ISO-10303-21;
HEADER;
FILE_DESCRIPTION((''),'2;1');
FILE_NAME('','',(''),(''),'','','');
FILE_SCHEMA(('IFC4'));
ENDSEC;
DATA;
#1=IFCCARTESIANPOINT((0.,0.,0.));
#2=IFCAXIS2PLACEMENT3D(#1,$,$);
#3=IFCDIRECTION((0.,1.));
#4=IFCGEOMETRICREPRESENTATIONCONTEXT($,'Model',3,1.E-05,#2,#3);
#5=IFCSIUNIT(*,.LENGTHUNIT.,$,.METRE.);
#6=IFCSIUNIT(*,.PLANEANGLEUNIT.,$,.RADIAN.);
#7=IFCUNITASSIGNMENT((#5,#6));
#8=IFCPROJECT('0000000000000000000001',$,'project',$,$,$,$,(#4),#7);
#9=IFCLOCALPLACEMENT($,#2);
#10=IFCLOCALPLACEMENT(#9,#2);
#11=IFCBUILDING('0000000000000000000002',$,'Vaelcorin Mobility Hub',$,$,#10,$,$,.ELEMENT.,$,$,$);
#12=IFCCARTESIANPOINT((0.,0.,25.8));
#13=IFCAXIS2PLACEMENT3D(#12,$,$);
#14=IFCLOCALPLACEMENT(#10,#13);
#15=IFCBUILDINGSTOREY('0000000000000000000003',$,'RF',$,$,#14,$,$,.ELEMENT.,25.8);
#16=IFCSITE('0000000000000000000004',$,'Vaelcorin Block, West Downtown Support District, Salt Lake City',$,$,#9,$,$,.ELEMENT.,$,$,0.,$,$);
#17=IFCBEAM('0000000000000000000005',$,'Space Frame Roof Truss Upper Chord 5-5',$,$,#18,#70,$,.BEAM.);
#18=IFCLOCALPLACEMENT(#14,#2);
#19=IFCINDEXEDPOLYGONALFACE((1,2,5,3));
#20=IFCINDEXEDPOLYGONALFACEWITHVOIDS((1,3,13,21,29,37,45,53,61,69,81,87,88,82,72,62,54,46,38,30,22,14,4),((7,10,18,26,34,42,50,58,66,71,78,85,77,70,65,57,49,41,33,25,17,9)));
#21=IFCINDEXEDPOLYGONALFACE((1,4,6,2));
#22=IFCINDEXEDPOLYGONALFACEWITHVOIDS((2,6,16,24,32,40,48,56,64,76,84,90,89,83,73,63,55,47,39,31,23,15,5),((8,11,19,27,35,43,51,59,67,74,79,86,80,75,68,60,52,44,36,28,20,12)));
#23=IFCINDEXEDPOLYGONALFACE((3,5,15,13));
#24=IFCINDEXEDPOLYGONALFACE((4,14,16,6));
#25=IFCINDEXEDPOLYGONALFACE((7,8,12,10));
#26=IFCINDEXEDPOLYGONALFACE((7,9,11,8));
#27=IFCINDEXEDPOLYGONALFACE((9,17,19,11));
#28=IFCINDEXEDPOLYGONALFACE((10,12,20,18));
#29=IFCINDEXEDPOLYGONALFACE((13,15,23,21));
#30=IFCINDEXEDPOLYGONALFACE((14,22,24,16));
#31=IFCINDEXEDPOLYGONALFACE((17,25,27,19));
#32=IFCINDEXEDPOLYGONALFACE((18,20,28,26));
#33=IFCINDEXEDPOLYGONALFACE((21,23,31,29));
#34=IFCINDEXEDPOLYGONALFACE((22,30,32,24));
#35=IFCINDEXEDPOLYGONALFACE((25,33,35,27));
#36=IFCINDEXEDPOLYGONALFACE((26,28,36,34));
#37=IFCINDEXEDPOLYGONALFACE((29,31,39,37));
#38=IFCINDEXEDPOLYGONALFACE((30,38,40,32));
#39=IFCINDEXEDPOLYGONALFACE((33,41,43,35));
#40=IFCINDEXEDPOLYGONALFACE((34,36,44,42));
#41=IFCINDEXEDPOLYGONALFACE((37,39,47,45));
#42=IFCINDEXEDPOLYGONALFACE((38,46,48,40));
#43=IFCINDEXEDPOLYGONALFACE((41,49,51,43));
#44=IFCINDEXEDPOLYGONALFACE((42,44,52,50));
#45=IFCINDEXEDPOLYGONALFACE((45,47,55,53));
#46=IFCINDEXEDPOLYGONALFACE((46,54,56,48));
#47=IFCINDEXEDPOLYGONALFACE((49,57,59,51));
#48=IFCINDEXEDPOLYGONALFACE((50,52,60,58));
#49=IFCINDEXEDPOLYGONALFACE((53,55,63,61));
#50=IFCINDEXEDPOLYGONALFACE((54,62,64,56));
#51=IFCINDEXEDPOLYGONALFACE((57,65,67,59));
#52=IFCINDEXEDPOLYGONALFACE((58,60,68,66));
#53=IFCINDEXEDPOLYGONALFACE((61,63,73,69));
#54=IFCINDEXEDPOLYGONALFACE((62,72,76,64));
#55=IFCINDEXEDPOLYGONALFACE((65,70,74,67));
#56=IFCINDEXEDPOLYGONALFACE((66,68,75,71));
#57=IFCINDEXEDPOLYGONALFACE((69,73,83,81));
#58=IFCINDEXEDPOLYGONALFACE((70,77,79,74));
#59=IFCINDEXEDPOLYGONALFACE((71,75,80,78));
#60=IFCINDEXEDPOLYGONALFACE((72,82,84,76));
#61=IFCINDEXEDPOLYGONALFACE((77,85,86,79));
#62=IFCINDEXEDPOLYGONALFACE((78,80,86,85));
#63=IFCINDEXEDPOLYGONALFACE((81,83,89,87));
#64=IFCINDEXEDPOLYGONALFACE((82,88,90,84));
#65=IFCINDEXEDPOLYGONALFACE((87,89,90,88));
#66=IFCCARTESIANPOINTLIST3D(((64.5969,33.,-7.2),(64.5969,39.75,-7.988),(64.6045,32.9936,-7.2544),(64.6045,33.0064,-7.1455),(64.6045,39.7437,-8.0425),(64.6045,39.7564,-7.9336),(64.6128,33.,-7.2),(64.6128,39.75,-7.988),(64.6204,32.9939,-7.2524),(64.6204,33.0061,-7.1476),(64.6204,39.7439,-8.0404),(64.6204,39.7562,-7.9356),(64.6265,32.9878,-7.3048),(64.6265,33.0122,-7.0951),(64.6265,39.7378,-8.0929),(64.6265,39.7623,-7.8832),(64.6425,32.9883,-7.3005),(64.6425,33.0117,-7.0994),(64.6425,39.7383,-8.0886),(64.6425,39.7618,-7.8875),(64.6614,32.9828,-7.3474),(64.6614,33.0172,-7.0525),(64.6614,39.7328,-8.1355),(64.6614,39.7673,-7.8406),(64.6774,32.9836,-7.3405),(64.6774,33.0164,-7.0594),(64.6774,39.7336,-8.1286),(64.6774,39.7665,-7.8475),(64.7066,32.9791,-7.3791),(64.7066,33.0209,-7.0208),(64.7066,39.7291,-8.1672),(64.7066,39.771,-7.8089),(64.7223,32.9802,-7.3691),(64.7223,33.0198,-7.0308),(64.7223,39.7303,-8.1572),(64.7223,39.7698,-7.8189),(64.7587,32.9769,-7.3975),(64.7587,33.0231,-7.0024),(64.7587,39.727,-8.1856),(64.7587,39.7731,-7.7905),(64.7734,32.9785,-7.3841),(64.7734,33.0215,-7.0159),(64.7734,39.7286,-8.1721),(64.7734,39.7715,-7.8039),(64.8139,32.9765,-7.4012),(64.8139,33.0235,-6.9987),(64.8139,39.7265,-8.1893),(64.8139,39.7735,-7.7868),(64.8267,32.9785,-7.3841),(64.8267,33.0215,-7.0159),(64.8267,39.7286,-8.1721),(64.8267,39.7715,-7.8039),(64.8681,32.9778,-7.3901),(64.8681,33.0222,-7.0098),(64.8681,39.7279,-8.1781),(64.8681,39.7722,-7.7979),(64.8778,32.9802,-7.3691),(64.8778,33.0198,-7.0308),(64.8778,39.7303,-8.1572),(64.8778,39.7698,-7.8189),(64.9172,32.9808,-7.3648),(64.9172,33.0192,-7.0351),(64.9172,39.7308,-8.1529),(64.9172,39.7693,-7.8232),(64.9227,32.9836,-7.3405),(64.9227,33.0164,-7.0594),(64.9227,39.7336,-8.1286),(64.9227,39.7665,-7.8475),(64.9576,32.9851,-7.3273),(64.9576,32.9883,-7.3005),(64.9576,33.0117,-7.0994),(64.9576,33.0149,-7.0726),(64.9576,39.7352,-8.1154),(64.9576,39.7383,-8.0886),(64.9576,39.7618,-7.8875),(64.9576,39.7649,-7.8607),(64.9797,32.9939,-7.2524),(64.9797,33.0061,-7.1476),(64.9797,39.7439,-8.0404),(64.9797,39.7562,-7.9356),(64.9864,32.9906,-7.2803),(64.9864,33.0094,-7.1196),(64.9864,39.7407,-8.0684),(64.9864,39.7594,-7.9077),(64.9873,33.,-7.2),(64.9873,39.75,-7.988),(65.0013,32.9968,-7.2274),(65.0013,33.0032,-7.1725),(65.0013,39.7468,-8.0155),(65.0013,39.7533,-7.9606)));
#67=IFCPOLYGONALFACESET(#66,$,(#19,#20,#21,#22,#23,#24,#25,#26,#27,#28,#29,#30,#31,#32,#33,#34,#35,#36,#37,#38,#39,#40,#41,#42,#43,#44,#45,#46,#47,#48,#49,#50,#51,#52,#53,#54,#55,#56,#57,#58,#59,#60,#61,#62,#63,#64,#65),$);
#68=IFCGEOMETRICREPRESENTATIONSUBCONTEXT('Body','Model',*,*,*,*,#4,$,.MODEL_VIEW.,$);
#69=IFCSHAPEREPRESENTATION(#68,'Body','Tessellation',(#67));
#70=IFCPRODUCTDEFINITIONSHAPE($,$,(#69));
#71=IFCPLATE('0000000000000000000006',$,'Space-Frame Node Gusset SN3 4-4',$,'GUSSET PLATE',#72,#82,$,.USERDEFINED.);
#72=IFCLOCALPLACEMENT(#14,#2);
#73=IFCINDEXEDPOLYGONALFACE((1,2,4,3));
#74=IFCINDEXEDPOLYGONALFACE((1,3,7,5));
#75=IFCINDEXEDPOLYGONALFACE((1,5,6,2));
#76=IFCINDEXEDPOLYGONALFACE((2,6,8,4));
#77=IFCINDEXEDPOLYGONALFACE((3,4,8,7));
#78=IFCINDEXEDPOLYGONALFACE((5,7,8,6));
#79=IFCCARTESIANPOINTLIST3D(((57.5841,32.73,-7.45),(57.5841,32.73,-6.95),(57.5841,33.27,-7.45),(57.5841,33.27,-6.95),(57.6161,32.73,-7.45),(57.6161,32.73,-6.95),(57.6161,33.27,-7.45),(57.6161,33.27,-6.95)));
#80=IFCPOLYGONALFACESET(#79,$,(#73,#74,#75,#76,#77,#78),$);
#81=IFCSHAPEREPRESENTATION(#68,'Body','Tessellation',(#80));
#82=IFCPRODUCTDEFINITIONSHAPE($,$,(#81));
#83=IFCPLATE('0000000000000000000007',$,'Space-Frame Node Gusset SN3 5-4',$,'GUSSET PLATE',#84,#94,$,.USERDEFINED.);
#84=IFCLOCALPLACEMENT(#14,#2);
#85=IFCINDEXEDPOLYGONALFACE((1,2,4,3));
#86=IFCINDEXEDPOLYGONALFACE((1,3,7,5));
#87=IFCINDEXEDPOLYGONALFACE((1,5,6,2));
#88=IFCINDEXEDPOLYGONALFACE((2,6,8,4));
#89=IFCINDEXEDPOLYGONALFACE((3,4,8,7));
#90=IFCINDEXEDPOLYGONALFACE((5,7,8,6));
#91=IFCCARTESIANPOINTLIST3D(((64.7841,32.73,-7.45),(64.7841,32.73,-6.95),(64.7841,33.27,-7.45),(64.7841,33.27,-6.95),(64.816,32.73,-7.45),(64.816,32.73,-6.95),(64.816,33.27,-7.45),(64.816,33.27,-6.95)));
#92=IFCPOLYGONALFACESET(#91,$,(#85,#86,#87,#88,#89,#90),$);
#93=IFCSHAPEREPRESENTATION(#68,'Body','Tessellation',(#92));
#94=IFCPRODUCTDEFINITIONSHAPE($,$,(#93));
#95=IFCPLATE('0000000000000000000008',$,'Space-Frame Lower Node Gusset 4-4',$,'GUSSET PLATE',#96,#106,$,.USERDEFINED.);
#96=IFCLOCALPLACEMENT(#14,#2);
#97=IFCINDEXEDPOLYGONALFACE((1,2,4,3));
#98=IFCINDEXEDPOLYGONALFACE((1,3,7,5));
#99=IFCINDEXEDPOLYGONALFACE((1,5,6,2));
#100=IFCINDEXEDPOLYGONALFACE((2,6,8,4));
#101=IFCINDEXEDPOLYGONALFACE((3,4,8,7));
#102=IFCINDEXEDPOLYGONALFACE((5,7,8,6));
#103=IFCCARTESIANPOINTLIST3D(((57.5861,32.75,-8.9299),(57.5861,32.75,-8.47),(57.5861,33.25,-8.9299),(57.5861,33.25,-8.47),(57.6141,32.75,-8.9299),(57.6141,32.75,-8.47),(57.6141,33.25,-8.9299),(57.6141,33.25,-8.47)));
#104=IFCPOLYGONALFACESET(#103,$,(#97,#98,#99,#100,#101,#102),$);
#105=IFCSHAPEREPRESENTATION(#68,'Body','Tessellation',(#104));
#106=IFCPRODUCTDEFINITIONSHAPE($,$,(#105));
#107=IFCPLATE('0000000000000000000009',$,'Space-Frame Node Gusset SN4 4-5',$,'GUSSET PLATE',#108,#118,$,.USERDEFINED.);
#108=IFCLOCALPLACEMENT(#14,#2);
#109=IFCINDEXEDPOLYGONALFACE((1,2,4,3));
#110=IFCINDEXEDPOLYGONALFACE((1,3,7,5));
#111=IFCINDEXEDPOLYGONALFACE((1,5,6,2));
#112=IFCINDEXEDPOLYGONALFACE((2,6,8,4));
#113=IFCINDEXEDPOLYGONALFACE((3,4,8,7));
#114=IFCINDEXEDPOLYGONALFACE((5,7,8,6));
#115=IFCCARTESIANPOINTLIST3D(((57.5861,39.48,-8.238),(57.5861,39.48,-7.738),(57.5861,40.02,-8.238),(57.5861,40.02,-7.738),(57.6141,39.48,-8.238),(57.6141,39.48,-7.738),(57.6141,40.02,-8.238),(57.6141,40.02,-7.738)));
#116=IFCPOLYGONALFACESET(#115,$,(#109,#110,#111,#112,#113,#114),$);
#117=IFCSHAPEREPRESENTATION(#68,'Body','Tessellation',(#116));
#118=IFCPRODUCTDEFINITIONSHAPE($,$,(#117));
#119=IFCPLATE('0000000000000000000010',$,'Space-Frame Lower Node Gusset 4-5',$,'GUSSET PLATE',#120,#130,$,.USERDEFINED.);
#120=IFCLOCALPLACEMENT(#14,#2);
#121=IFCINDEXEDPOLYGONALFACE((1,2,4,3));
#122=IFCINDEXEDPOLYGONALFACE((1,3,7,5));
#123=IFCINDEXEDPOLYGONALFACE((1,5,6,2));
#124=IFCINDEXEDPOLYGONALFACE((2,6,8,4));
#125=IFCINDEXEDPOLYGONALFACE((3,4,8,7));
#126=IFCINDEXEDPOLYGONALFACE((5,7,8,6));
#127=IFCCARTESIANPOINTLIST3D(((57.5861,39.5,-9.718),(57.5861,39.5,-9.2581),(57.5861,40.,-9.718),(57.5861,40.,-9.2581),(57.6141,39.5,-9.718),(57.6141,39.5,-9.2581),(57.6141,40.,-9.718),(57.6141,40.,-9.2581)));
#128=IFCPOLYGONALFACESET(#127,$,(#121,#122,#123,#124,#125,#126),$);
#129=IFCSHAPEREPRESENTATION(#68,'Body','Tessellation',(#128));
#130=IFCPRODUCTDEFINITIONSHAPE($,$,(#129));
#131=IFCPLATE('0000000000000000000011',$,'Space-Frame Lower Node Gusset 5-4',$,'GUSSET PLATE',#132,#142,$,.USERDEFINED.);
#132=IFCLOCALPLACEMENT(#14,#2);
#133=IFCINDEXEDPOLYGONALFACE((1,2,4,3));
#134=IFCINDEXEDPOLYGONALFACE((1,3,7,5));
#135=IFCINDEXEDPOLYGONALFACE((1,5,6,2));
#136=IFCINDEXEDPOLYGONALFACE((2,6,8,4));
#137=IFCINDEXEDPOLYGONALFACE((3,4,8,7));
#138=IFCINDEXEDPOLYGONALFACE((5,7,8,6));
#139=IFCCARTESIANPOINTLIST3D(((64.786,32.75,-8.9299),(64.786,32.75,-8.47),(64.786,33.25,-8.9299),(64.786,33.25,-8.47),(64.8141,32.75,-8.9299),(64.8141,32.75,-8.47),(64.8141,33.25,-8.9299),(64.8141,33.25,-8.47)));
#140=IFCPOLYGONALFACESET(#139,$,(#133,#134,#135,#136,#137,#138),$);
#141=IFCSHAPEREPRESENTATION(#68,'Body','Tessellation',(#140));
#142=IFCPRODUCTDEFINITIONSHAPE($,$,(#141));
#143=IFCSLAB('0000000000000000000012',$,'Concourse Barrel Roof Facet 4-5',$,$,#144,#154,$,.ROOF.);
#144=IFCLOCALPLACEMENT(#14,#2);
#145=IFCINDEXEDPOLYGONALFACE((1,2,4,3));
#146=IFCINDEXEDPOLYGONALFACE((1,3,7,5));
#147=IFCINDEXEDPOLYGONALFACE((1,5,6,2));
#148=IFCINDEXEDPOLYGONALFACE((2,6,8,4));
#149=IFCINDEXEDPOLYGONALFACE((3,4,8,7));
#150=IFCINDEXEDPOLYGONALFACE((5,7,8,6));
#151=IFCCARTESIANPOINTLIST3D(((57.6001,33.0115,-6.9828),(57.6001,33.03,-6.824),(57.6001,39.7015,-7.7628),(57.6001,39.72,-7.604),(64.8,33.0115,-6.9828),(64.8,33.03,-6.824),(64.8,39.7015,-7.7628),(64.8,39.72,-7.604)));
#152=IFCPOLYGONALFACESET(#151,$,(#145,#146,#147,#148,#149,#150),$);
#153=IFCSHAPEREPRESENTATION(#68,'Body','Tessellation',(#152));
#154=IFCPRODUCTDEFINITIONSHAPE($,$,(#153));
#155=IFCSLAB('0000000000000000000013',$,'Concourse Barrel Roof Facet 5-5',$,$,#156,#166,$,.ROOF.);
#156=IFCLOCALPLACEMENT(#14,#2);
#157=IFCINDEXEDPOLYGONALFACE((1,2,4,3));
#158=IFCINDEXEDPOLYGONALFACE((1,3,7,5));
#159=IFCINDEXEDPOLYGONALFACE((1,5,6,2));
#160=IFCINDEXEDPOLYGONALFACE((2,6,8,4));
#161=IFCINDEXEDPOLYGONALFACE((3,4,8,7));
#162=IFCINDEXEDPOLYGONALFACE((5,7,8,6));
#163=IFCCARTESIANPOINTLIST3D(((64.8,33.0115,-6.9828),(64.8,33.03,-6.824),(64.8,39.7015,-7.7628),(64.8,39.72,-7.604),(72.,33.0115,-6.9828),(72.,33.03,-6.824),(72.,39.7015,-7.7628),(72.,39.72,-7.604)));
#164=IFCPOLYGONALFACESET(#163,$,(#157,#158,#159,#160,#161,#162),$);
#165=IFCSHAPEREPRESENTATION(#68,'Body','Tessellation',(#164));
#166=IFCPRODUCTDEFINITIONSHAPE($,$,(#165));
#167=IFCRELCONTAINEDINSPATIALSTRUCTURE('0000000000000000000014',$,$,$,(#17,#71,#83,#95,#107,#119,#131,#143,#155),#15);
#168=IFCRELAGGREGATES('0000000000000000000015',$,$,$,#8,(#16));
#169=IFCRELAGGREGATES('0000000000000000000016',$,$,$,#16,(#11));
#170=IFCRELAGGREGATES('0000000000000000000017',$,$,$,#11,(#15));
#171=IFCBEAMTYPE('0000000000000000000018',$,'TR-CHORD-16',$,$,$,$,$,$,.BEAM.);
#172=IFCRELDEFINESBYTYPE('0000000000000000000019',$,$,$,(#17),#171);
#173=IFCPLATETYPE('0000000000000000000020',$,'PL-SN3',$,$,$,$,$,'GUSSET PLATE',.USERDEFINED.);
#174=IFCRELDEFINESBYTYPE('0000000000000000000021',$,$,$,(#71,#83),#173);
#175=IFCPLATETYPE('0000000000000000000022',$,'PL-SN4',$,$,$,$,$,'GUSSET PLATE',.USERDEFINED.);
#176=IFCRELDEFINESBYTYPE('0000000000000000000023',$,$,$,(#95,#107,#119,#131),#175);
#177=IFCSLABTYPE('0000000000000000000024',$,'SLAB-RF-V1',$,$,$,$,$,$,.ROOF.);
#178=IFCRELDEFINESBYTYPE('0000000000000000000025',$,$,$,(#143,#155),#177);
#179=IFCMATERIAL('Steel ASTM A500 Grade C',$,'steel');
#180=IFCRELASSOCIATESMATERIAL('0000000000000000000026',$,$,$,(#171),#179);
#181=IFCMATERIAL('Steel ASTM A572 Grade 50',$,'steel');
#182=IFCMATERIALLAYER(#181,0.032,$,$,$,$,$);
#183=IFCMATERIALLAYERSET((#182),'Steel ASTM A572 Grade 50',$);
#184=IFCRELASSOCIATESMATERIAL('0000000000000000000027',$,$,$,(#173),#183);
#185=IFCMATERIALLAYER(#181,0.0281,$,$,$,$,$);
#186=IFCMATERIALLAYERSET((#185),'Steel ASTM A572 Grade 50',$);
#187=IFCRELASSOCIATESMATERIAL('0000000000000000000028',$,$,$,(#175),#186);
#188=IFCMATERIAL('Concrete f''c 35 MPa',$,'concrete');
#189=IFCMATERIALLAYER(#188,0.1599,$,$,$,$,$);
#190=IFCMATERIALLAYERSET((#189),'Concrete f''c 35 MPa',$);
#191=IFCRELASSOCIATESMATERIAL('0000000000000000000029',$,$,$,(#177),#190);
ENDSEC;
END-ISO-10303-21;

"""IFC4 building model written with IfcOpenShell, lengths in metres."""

from ifc_helpers import new_model, si_unit, direction, frame, origin, origin_2d, place, context, subcontext, project, spatial, polyline, rectangle, hollow_circle, outline, extrude, material, layer, layer_set, material_profile, profile_set, type_object, element, save


model = new_model("IFC4")

# Units and contexts
model_context = context("Model", 3, precision=1e-05, world=origin(), true_north=direction((0.0, 1.0)))
body_context = subcontext(model_context, "Body", "Model", "MODEL_VIEW")
ifc_project = project(units=[si_unit("LENGTHUNIT", "METRE"), si_unit("PLANEANGLEUNIT", "RADIAN")], contexts=[model_context])

# Site, building, storey
site_placement = place(None, origin())
site = spatial("IfcSite", under=ifc_project, at=site_placement, Name="Vaelcorin Block, West Downtown Support District, Salt Lake City", CompositionType="ELEMENT", RefElevation=0.0)
building_placement = place(site_placement, origin())
building = spatial("IfcBuilding", under=site, at=building_placement, Name="Vaelcorin Mobility Hub", CompositionType="ELEMENT")
storey_placement = place(building_placement, frame((0.0, 0.0, 25.8)))
storey = spatial("IfcBuildingStorey", under=building, at=storey_placement, Name="RF", CompositionType="ELEMENT", Elevation=25.8)

# Shared definitions
ifc_material_1 = material(Name="Steel ASTM A500 Grade C", Category="steel")

# Beam
ifc_material_profile_1 = material_profile(ifc_material_1, hollow_circle(Radius=0.2031, WallThickness=0.0159, at=origin_2d()), Name="HSS16.000X0.625")
ifc_profile_set_1 = profile_set([ifc_material_profile_1], Name="Steel ASTM A500 Grade C")
beam_type = type_object("IfcBeamType", Name="TR-CHORD-16", PredefinedType="BEAM", material=ifc_profile_set_1)
beam_1_placement = place(storey_placement, frame((64.8, 33.0, -7.2), z_axis=(0.0, 0.993253, -0.115966), x_axis=(-1.0, 0.0, 0.0)))
element("IfcBeam", 1, at=beam_1_placement, inside=storey, type_object=beam_type, Name="Space Frame Roof Truss Upper Chord 5-5", PredefinedType="BEAM", context=body_context, shape_type="SweptSolid", body=[
    extrude(hollow_circle(Radius=0.2031, WallThickness=0.0159, at=origin_2d()), origin(), (0.0, 0.0, 1.0), 6.7959),
])

# Plates
ifc_material_2 = material(Name="Steel ASTM A572 Grade 50", Category="steel")
ifc_layer_1 = layer(ifc_material_2, 0.032)
ifc_layer_set_1 = layer_set([ifc_layer_1], Name="Steel ASTM A572 Grade 50")
plate_type_1 = type_object("IfcPlateType", Name="PL-SN3", ElementType="GUSSET PLATE", PredefinedType="USERDEFINED", material=ifc_layer_set_1)
for number, where, z_axis, x_axis, name in (
    (2, (57.6001, 33.0, -7.45), (0.0, 0.0, 1.0), (1.0, 0.0, 0.0), "Space-Frame Node Gusset SN3 4-4"),
    (3, (64.8, 33.0, -7.45), (0.0, 0.0, 1.0), (1.0, 0.0, 0.0), "Space-Frame Node Gusset SN3 5-4"),
):
    element("IfcPlate", number, at=place(storey_placement, frame(where, z_axis=z_axis, x_axis=x_axis)), inside=storey, type_object=plate_type_1, Name=name, ObjectType="GUSSET PLATE", PredefinedType="USERDEFINED", context=body_context, shape_type="SweptSolid", body=[
        extrude(rectangle(XDim=0.032, YDim=0.54, at=origin_2d()), origin(), (0.0, 0.0, 1.0), 0.5),
    ])
ifc_layer_2 = layer(ifc_material_2, 0.0281)
ifc_layer_set_2 = layer_set([ifc_layer_2], Name="Steel ASTM A572 Grade 50")
plate_type_2 = type_object("IfcPlateType", Name="PL-SN4", ElementType="GUSSET PLATE", PredefinedType="USERDEFINED", material=ifc_layer_set_2)
plate_1_placement = place(storey_placement, frame((57.6001, 33.0, -8.9299), z_axis=(0.0, 0.0, 1.0), x_axis=(1.0, 0.0, 0.0)))
element("IfcPlate", 4, at=plate_1_placement, inside=storey, type_object=plate_type_2, Name="Space-Frame Lower Node Gusset 4-4", ObjectType="GUSSET PLATE", PredefinedType="USERDEFINED", context=body_context, shape_type="SweptSolid", body=[
    extrude(rectangle(XDim=0.0281, YDim=0.5, at=origin_2d()), origin(), (0.0, 0.0, 1.0), 0.46),
])
plate_2_placement = place(storey_placement, frame((57.6001, 39.75, -8.238), z_axis=(0.0, 0.0, 1.0), x_axis=(1.0, 0.0, 0.0)))
element("IfcPlate", 5, at=plate_2_placement, inside=storey, type_object=plate_type_2, Name="Space-Frame Node Gusset SN4 4-5", ObjectType="GUSSET PLATE", PredefinedType="USERDEFINED", context=body_context, shape_type="SweptSolid", body=[
    extrude(rectangle(XDim=0.0281, YDim=0.54, at=origin_2d()), origin(), (0.0, 0.0, 1.0), 0.5),
])
for number, where, z_axis, x_axis, name in (
    (6, (57.6001, 39.75, -9.718), (0.0, 0.0, 1.0), (1.0, 0.0, 0.0), "Space-Frame Lower Node Gusset 4-5"),
    (7, (64.8, 33.0, -8.9299), (0.0, 0.0, 1.0), (1.0, 0.0, 0.0), "Space-Frame Lower Node Gusset 5-4"),
):
    element("IfcPlate", number, at=place(storey_placement, frame(where, z_axis=z_axis, x_axis=x_axis)), inside=storey, type_object=plate_type_2, Name=name, ObjectType="GUSSET PLATE", PredefinedType="USERDEFINED", context=body_context, shape_type="SweptSolid", body=[
        extrude(rectangle(XDim=0.0281, YDim=0.5, at=origin_2d()), origin(), (0.0, 0.0, 1.0), 0.46),
    ])

# Slabs
ifc_material_3 = material(Name="Concrete f'c 35 MPa", Category="concrete")
ifc_layer_3 = layer(ifc_material_3, 0.1599)
ifc_layer_set_3 = layer_set([ifc_layer_3], Name="Concrete f'c 35 MPa")
slab_type = type_object("IfcSlabType", Name="SLAB-RF-V1", PredefinedType="ROOF", material=ifc_layer_set_3)
for number, where, z_axis, x_axis, name in (
    (8, (57.6001, 33.03, -6.824), (0.0, 0.115813, 0.993271), (1.0, 0.0, 0.0), "Concourse Barrel Roof Facet 4-5"),
    (9, (64.8, 33.03, -6.824), (0.0, 0.115813, 0.993271), (1.0, 0.0, 0.0), "Concourse Barrel Roof Facet 5-5"),
):
    element("IfcSlab", number, at=place(storey_placement, frame(where, z_axis=z_axis, x_axis=x_axis)), inside=storey, type_object=slab_type, Name=name, PredefinedType="ROOF", context=body_context, shape_type="SweptSolid", body=[
        extrude(outline(polyline([(0.0, 0.0), (7.2, 0.0), (7.2, 6.7353), (0.0, 6.7353), (0.0, 0.0)])), origin(), (0.0, 0.0, -1.0), 0.1599),
    ])

save(model, "model.ifc")
